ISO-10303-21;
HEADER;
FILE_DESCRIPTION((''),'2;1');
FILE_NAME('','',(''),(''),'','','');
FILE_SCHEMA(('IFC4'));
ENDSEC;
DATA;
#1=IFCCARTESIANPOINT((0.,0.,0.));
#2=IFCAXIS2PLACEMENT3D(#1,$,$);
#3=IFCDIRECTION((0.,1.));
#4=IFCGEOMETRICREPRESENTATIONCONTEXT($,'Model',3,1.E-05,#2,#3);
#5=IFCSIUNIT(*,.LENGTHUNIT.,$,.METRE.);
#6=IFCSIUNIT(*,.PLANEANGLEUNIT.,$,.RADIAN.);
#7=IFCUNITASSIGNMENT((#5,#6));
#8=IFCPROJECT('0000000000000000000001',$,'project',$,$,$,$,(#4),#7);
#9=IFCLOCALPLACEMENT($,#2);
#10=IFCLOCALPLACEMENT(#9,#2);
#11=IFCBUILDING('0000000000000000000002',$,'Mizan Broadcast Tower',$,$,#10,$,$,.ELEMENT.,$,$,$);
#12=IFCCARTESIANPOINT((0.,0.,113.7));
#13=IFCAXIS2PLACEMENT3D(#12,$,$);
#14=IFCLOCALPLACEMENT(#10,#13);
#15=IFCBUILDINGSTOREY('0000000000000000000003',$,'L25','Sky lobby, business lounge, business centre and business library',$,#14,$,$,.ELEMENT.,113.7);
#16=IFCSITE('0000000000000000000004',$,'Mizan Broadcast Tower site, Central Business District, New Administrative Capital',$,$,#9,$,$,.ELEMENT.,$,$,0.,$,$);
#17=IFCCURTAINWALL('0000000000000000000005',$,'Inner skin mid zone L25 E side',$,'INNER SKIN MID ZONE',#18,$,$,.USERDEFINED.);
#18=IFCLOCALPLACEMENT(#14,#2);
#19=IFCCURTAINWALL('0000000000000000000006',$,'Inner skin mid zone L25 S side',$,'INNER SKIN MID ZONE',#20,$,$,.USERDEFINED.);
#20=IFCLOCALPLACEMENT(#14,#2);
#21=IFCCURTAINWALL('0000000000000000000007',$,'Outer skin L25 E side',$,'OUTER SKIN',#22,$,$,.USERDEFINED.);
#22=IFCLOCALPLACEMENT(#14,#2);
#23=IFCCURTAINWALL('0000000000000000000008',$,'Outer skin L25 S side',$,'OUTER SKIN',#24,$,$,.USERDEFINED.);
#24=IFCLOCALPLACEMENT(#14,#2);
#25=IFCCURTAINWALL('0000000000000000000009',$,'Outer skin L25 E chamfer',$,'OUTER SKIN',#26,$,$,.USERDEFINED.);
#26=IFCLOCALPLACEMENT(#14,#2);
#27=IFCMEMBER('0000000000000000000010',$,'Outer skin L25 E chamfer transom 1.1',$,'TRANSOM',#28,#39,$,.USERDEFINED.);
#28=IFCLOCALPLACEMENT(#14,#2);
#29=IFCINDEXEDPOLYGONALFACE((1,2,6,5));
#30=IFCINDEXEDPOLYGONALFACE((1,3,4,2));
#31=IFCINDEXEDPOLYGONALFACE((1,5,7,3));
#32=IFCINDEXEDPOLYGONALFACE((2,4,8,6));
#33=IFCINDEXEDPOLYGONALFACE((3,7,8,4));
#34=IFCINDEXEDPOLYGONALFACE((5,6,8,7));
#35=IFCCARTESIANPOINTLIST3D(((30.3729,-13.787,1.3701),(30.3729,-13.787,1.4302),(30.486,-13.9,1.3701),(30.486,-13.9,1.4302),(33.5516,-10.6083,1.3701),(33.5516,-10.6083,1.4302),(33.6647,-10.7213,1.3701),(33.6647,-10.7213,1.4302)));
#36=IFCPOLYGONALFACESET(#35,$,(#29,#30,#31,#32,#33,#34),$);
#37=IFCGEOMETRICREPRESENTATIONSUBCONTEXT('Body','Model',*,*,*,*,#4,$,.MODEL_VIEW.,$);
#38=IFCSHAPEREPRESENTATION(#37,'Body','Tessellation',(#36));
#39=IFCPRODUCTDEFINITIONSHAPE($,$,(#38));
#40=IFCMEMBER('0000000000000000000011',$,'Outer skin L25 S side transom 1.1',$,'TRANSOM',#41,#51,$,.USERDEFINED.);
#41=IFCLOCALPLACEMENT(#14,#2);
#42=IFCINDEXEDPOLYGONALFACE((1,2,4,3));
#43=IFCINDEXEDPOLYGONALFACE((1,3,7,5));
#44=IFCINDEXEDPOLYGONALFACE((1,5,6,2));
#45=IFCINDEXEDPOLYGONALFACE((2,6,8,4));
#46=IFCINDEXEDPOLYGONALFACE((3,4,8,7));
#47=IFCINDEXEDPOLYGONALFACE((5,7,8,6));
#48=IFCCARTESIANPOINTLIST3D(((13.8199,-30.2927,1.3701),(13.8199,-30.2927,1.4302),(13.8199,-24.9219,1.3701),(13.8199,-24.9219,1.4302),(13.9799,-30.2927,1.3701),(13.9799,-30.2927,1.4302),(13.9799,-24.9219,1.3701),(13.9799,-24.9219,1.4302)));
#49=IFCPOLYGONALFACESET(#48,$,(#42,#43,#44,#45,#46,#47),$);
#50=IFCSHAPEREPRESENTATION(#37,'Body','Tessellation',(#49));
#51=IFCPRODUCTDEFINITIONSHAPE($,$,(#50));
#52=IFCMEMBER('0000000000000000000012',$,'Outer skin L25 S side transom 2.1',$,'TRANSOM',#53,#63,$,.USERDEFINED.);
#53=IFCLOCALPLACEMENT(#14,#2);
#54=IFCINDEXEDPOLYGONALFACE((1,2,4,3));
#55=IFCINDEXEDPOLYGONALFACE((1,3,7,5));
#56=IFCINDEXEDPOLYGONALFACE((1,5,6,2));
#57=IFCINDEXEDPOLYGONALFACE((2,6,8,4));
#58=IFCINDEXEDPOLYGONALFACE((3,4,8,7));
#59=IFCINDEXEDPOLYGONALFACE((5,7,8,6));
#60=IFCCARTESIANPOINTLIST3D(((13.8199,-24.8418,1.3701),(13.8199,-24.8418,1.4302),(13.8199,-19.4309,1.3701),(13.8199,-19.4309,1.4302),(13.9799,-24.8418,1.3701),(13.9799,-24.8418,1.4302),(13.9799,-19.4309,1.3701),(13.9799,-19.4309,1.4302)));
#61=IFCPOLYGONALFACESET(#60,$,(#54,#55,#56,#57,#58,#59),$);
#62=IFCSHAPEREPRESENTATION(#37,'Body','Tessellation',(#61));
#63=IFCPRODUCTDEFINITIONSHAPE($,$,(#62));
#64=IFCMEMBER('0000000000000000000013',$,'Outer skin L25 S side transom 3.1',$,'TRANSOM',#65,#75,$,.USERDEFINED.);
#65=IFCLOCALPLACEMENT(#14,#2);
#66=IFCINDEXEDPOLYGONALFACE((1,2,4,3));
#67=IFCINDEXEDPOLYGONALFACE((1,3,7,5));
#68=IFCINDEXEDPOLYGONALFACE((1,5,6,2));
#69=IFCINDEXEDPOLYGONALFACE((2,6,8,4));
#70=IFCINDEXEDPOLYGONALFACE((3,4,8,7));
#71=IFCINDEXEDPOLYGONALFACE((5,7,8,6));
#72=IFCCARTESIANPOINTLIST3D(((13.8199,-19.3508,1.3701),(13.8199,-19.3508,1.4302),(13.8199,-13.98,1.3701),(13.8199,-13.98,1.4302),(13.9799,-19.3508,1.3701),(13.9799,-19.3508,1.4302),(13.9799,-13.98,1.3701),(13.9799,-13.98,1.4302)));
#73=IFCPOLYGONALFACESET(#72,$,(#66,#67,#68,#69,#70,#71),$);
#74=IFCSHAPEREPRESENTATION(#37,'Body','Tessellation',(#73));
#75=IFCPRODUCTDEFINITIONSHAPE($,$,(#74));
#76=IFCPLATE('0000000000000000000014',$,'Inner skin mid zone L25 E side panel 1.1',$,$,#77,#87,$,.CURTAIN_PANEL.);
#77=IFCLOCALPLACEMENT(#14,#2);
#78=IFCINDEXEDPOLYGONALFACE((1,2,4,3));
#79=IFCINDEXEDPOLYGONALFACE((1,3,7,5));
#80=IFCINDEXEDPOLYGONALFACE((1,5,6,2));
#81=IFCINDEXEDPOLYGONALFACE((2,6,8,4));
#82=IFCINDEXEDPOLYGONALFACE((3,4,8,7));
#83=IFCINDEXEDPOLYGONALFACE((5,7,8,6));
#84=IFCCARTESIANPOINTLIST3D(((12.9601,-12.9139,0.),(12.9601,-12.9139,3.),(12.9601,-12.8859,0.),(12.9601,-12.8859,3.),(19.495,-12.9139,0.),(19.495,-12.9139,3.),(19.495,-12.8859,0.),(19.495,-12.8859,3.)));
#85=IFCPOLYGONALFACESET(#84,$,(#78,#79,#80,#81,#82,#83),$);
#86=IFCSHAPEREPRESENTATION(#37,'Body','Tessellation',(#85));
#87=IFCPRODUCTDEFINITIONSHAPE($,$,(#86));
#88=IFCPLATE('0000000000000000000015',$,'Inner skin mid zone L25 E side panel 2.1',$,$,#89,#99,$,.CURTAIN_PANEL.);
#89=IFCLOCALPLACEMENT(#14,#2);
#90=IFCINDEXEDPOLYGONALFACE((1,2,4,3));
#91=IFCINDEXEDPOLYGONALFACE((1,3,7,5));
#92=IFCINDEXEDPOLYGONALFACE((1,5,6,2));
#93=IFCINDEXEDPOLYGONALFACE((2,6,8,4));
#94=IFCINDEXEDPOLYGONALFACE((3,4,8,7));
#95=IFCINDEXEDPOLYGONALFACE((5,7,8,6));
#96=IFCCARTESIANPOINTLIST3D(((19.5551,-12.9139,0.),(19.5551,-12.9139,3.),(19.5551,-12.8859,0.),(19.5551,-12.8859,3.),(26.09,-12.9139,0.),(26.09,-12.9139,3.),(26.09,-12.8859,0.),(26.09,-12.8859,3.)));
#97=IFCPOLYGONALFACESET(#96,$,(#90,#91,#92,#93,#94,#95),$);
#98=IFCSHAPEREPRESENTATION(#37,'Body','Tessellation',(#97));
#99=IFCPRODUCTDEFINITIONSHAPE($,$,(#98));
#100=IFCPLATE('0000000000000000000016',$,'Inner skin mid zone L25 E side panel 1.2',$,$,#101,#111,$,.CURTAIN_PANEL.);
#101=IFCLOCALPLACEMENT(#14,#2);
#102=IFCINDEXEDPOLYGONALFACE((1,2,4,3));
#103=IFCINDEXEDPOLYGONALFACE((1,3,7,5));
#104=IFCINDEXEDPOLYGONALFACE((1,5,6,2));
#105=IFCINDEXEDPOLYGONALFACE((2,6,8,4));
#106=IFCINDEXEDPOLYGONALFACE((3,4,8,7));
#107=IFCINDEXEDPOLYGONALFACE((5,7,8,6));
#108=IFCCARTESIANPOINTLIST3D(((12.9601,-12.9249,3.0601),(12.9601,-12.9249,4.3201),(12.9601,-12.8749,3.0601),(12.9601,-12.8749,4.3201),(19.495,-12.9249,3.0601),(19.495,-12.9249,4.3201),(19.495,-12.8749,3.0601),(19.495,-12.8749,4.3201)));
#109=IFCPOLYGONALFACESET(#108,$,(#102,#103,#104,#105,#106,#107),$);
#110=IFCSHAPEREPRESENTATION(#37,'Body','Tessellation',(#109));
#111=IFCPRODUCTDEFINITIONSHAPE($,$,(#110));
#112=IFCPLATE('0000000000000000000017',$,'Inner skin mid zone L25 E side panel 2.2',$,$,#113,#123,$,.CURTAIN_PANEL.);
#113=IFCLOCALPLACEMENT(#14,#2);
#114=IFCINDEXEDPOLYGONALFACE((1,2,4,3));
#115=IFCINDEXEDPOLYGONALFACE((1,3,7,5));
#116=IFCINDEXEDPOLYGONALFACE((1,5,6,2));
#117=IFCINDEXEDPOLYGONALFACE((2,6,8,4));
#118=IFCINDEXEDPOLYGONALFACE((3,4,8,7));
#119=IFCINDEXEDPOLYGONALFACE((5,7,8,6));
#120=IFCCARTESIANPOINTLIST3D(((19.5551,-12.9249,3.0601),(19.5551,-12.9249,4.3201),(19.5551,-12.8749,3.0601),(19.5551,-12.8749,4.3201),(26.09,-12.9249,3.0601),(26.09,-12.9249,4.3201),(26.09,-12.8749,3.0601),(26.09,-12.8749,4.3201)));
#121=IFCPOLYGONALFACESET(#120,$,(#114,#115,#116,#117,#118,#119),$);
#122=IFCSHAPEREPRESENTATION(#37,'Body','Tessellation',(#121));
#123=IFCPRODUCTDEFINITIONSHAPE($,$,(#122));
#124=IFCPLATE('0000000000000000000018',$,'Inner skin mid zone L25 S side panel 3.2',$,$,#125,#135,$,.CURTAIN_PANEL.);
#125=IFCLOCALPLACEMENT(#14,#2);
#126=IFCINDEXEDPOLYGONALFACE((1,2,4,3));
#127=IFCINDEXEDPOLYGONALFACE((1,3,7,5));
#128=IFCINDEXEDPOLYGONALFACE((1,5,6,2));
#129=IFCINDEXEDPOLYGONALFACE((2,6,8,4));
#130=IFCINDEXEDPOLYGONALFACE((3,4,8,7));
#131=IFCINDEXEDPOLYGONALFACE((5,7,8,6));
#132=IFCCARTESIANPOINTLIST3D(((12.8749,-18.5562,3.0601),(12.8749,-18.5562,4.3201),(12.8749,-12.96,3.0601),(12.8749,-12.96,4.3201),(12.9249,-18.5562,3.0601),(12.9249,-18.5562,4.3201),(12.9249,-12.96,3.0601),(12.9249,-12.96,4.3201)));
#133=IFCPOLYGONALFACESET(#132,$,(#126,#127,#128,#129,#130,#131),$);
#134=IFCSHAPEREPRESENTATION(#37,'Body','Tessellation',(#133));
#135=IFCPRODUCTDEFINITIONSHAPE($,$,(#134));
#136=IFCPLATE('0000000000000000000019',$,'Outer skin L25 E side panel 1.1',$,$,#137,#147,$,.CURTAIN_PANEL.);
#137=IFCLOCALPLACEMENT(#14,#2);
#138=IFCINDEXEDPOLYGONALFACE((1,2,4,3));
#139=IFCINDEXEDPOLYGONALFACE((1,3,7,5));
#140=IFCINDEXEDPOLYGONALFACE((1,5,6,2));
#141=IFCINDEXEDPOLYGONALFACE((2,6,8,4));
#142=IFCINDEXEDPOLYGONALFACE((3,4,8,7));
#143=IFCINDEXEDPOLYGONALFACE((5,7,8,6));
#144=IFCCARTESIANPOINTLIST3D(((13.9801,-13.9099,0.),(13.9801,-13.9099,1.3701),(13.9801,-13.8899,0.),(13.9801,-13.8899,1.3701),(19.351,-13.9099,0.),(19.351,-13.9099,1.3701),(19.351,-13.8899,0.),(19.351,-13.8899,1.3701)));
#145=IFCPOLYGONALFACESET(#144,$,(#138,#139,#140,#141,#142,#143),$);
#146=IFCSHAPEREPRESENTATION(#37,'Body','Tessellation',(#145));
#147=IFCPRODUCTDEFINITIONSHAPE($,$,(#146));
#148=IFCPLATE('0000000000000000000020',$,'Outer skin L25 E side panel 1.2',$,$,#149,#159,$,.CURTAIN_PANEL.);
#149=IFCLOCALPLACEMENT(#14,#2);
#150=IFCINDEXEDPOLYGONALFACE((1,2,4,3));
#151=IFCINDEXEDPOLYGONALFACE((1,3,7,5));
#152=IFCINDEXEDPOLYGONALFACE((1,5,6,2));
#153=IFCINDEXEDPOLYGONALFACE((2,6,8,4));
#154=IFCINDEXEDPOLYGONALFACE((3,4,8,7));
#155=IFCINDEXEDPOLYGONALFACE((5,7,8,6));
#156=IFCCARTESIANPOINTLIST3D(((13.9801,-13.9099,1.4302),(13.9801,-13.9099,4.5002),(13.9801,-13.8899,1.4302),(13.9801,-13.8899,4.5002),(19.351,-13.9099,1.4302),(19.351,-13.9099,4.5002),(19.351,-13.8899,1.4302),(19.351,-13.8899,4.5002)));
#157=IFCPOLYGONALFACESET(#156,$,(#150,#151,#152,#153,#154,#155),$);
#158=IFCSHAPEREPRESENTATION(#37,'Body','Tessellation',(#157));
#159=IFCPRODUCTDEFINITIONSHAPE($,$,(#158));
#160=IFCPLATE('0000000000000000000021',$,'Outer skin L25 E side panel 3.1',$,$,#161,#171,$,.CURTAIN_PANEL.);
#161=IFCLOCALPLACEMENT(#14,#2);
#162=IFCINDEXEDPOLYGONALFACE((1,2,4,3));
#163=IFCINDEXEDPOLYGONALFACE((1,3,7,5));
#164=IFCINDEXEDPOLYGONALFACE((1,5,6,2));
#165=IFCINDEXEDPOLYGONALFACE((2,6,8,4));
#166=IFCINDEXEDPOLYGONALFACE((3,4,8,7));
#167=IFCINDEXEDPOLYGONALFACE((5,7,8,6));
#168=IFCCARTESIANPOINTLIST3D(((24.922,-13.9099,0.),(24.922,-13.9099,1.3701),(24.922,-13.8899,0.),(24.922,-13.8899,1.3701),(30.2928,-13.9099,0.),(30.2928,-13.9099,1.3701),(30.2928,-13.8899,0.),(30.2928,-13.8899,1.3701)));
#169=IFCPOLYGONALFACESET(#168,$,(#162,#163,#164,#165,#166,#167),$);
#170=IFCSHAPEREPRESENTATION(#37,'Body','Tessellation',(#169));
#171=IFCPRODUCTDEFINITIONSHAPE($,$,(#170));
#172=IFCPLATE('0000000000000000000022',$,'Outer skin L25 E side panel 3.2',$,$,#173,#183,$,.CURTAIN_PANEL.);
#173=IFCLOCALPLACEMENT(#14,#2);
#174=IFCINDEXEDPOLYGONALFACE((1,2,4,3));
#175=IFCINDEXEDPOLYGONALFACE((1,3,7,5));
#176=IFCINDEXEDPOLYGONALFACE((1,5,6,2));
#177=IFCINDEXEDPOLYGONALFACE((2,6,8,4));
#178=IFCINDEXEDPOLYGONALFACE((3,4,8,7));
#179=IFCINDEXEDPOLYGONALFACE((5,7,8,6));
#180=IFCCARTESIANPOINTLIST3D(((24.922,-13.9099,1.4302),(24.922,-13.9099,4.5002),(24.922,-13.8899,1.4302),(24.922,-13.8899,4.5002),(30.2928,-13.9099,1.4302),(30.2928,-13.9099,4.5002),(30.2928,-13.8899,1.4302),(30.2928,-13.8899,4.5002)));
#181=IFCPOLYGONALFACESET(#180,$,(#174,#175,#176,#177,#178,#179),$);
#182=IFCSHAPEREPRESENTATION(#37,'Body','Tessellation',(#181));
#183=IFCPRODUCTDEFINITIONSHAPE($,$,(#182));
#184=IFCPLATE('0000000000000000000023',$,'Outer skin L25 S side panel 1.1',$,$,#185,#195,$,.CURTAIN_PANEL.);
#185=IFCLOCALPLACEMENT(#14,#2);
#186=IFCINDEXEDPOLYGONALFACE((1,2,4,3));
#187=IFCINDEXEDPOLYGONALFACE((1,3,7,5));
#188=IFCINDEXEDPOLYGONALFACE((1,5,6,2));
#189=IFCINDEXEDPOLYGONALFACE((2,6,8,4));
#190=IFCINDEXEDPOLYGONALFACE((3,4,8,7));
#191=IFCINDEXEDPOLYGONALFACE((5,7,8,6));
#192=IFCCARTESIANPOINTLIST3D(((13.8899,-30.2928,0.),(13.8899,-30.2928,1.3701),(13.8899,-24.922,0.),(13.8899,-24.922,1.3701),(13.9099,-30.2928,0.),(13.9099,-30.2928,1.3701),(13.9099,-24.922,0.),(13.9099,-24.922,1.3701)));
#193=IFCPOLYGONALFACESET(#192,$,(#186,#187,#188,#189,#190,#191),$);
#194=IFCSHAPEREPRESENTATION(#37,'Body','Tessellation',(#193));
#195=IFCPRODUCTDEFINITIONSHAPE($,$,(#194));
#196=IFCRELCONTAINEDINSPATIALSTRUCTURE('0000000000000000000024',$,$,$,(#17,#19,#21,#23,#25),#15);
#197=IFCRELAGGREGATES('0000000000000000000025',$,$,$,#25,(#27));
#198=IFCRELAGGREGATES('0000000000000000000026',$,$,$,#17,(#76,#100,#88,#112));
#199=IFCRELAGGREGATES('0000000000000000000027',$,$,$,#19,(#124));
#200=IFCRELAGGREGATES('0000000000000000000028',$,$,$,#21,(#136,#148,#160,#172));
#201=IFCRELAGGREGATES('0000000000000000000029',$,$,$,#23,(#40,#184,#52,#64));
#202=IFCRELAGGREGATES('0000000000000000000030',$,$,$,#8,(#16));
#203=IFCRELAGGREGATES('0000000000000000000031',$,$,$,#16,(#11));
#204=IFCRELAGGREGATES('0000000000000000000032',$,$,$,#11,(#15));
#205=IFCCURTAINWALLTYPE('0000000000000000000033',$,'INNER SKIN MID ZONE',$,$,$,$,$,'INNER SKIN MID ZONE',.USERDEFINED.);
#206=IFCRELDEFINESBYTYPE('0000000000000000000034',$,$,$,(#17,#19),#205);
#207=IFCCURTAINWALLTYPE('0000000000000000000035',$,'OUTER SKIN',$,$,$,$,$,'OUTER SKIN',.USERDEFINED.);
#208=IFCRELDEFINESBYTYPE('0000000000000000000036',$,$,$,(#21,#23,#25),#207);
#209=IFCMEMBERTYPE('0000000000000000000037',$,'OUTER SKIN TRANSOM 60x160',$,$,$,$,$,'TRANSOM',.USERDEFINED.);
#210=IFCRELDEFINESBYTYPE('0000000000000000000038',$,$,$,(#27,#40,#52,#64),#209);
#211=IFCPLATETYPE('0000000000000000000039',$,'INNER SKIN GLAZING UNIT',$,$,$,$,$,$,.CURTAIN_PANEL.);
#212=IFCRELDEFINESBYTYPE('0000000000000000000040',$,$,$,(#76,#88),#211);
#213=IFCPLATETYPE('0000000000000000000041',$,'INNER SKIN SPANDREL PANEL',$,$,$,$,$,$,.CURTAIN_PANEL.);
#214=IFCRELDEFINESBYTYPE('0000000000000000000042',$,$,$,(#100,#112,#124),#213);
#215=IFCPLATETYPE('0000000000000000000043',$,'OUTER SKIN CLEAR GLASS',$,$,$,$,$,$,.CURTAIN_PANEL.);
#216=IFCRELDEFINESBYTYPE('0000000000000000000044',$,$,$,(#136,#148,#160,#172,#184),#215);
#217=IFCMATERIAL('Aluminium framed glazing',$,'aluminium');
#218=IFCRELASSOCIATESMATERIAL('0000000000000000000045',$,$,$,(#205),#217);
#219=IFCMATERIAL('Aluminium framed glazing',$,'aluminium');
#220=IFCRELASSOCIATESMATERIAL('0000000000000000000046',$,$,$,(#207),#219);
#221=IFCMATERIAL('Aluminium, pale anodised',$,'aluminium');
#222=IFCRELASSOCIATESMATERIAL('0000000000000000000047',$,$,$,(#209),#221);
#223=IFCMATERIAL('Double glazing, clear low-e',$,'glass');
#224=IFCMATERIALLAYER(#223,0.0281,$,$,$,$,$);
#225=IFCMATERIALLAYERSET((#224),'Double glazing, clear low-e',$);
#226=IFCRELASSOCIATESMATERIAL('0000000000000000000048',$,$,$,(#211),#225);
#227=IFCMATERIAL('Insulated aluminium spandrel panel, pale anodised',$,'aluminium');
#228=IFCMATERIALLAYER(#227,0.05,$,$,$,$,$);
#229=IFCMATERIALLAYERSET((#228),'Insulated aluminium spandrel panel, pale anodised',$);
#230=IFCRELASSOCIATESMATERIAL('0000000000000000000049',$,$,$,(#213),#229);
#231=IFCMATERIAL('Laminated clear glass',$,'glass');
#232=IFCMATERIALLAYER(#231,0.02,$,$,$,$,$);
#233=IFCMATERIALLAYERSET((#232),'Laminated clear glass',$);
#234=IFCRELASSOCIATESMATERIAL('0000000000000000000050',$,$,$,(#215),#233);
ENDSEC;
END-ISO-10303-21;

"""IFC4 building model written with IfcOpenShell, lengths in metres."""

from ifc_helpers import new_model, si_unit, direction, frame, origin, origin_2d, place, context, subcontext, project, spatial, rectangle, extrude, material, layer, layer_set, material_profile, profile_set, type_object, element, aggregate, save


model = new_model("IFC4")

# Units and contexts
model_context = context("Model", 3, precision=1e-05, world=origin(), true_north=direction((0.0, 1.0)))
body_context = subcontext(model_context, "Body", "Model", "MODEL_VIEW")
ifc_project = project(units=[si_unit("LENGTHUNIT", "METRE"), si_unit("PLANEANGLEUNIT", "RADIAN")], contexts=[model_context])

# Site, building, storey
site_placement = place(None, origin())
site = spatial("IfcSite", under=ifc_project, at=site_placement, Name="Mizan Broadcast Tower site, Central Business District, New Administrative Capital", CompositionType="ELEMENT", RefElevation=0.0)
building_placement = place(site_placement, origin())
building = spatial("IfcBuilding", under=site, at=building_placement, Name="Mizan Broadcast Tower", CompositionType="ELEMENT")
storey_placement = place(building_placement, frame((0.0, 0.0, 113.7)))
storey = spatial("IfcBuildingStorey", under=building, at=storey_placement, Name="L25", Description="Sky lobby, business lounge, business centre and business library", CompositionType="ELEMENT", Elevation=113.7)

# Curtain walls
ifc_material_1 = material(Name="Aluminium framed glazing", Category="aluminium")
curtain_wall_type_1 = type_object("IfcCurtainWallType", Name="INNER SKIN MID ZONE", ElementType="INNER SKIN MID ZONE", PredefinedType="USERDEFINED", material=ifc_material_1)
curtain_wall_1_placement = place(storey_placement, origin())
curtain_wall_1 = element("IfcCurtainWall", 1, at=curtain_wall_1_placement, inside=storey, type_object=curtain_wall_type_1, Name="Inner skin mid zone L25 E side", ObjectType="INNER SKIN MID ZONE", PredefinedType="USERDEFINED")
curtain_wall_2_placement = place(storey_placement, origin())
curtain_wall_2 = element("IfcCurtainWall", 2, at=curtain_wall_2_placement, inside=storey, type_object=curtain_wall_type_1, Name="Inner skin mid zone L25 S side", ObjectType="INNER SKIN MID ZONE", PredefinedType="USERDEFINED")

# Curtain wall
ifc_material_2 = material(Name="Aluminium framed glazing", Category="aluminium")
curtain_wall_type_2 = type_object("IfcCurtainWallType", Name="OUTER SKIN", ElementType="OUTER SKIN", PredefinedType="USERDEFINED", material=ifc_material_2)
curtain_wall_3_placement = place(storey_placement, origin())
curtain_wall_3 = element("IfcCurtainWall", 3, at=curtain_wall_3_placement, inside=storey, type_object=curtain_wall_type_2, Name="Outer skin L25 E side", ObjectType="OUTER SKIN", PredefinedType="USERDEFINED")

# Curtain wall
curtain_wall_4_placement = place(storey_placement, origin())
curtain_wall_4 = element("IfcCurtainWall", 4, at=curtain_wall_4_placement, inside=storey, type_object=curtain_wall_type_2, Name="Outer skin L25 S side", ObjectType="OUTER SKIN", PredefinedType="USERDEFINED")

# Shared definitions
ifc_material_3 = material(Name="Aluminium, pale anodised", Category="aluminium")
ifc_material_profile_1 = material_profile(ifc_material_3, rectangle(XDim=0.1599, YDim=0.0601, at=origin_2d()), Name="TRANSOM 160x60")
ifc_profile_set_1 = profile_set([ifc_material_profile_1], Name="Aluminium, pale anodised")
member_type_1 = type_object("IfcMemberType", Name="OUTER SKIN TRANSOM 60x160", ElementType="TRANSOM", PredefinedType="USERDEFINED", material=ifc_profile_set_1)

# Curtain wall, member
curtain_wall_5_placement = place(storey_placement, origin())
curtain_wall_5 = element("IfcCurtainWall", 5, at=curtain_wall_5_placement, inside=storey, type_object=curtain_wall_type_2, Name="Outer skin L25 E chamfer", ObjectType="OUTER SKIN", PredefinedType="USERDEFINED")
member_1_placement = place(storey_placement, frame((30.4294, -13.8435, 1.4001), z_axis=(0.707107, 0.707107, 0.0), x_axis=(-0.707107, 0.707107, 0.0)))
member_1 = element("IfcMember", 6, at=member_1_placement, type_object=member_type_1, Name="Outer skin L25 E chamfer transom 1.1", ObjectType="TRANSOM", PredefinedType="USERDEFINED", context=body_context, shape_type="SweptSolid", body=[
    extrude(rectangle(XDim=0.1599, YDim=0.0601, at=origin_2d()), origin(), (0.0, 0.0, 1.0), 4.4954),
])
aggregate(curtain_wall_5, [member_1])

# Members
member_2_placement = place(storey_placement, frame((13.8999, -30.2927, 1.4001), z_axis=(0.0, 1.0, 0.0), x_axis=(-1.0, 0.0, 0.0)))
member_2 = element("IfcMember", 7, at=member_2_placement, type_object=member_type_1, Name="Outer skin L25 S side transom 1.1", ObjectType="TRANSOM", PredefinedType="USERDEFINED", context=body_context, shape_type="SweptSolid", body=[
    extrude(rectangle(XDim=0.1599, YDim=0.0601, at=origin_2d()), origin(), (0.0, 0.0, 1.0), 5.3708),
])
member_3_placement = place(storey_placement, frame((13.8999, -24.8418, 1.4001), z_axis=(0.0, 1.0, 0.0), x_axis=(-1.0, 0.0, 0.0)))
member_3 = element("IfcMember", 8, at=member_3_placement, type_object=member_type_1, Name="Outer skin L25 S side transom 2.1", ObjectType="TRANSOM", PredefinedType="USERDEFINED", context=body_context, shape_type="SweptSolid", body=[
    extrude(rectangle(XDim=0.1599, YDim=0.0601, at=origin_2d()), origin(), (0.0, 0.0, 1.0), 5.4109),
])
member_4_placement = place(storey_placement, frame((13.8999, -19.3508, 1.4001), z_axis=(0.0, 1.0, 0.0), x_axis=(-1.0, 0.0, 0.0)))
member_4 = element("IfcMember", 9, at=member_4_placement, type_object=member_type_1, Name="Outer skin L25 S side transom 3.1", ObjectType="TRANSOM", PredefinedType="USERDEFINED", context=body_context, shape_type="SweptSolid", body=[
    extrude(rectangle(XDim=0.1599, YDim=0.0601, at=origin_2d()), origin(), (0.0, 0.0, 1.0), 5.3708),
])

# Plates
ifc_material_4 = material(Name="Double glazing, clear low-e", Category="glass")
ifc_layer_1 = layer(ifc_material_4, 0.0281)
ifc_layer_set_1 = layer_set([ifc_layer_1], Name="Double glazing, clear low-e")
plate_type_1 = type_object("IfcPlateType", Name="INNER SKIN GLAZING UNIT", PredefinedType="CURTAIN_PANEL", material=ifc_layer_set_1)
plate_1_placement = place(storey_placement, frame((16.2275, -12.8999, 0.0), z_axis=(0.0, 0.0, 1.0), x_axis=(1.0, 0.0, 0.0)))
plate_1 = element("IfcPlate", 10, at=plate_1_placement, type_object=plate_type_1, Name="Inner skin mid zone L25 E side panel 1.1", PredefinedType="CURTAIN_PANEL", context=body_context, shape_type="SweptSolid", body=[
    extrude(rectangle(XDim=6.5349, YDim=0.0281, at=origin_2d()), origin(), (0.0, 0.0, 1.0), 3.0),
])
plate_2_placement = place(storey_placement, frame((22.8225, -12.8999, 0.0), z_axis=(0.0, 0.0, 1.0), x_axis=(1.0, 0.0, 0.0)))
plate_2 = element("IfcPlate", 11, at=plate_2_placement, type_object=plate_type_1, Name="Inner skin mid zone L25 E side panel 2.1", PredefinedType="CURTAIN_PANEL", context=body_context, shape_type="SweptSolid", body=[
    extrude(rectangle(XDim=6.5349, YDim=0.0281, at=origin_2d()), origin(), (0.0, 0.0, 1.0), 3.0),
])
ifc_material_5 = material(Name="Insulated aluminium spandrel panel, pale anodised", Category="aluminium")
ifc_layer_2 = layer(ifc_material_5, 0.05)
ifc_layer_set_2 = layer_set([ifc_layer_2], Name="Insulated aluminium spandrel panel, pale anodised")
plate_type_2 = type_object("IfcPlateType", Name="INNER SKIN SPANDREL PANEL", PredefinedType="CURTAIN_PANEL", material=ifc_layer_set_2)
plate_3_placement = place(storey_placement, frame((16.2275, -12.8999, 3.0601), z_axis=(0.0, 0.0, 1.0), x_axis=(1.0, 0.0, 0.0)))
plate_3 = element("IfcPlate", 12, at=plate_3_placement, type_object=plate_type_2, Name="Inner skin mid zone L25 E side panel 1.2", PredefinedType="CURTAIN_PANEL", context=body_context, shape_type="SweptSolid", body=[
    extrude(rectangle(XDim=6.5349, YDim=0.05, at=origin_2d()), origin(), (0.0, 0.0, 1.0), 1.26),
])
plate_4_placement = place(storey_placement, frame((22.8225, -12.8999, 3.0601), z_axis=(0.0, 0.0, 1.0), x_axis=(1.0, 0.0, 0.0)))
plate_4 = element("IfcPlate", 13, at=plate_4_placement, type_object=plate_type_2, Name="Inner skin mid zone L25 E side panel 2.2", PredefinedType="CURTAIN_PANEL", context=body_context, shape_type="SweptSolid", body=[
    extrude(rectangle(XDim=6.5349, YDim=0.05, at=origin_2d()), origin(), (0.0, 0.0, 1.0), 1.26),
])
aggregate(curtain_wall_1, [plate_1, plate_3, plate_2, plate_4])
plate_5_placement = place(storey_placement, frame((12.8999, -15.7581, 3.0601), z_axis=(0.0, 0.0, 1.0), x_axis=(0.0, 1.0, 0.0)))
plate_5 = element("IfcPlate", 14, at=plate_5_placement, type_object=plate_type_2, Name="Inner skin mid zone L25 S side panel 3.2", PredefinedType="CURTAIN_PANEL", context=body_context, shape_type="SweptSolid", body=[
    extrude(rectangle(XDim=5.5962, YDim=0.05, at=origin_2d()), origin(), (0.0, 0.0, 1.0), 1.26),
])
aggregate(curtain_wall_2, [plate_5])
ifc_material_6 = material(Name="Laminated clear glass", Category="glass")
ifc_layer_3 = layer(ifc_material_6, 0.02)
ifc_layer_set_3 = layer_set([ifc_layer_3], Name="Laminated clear glass")
plate_type_3 = type_object("IfcPlateType", Name="OUTER SKIN CLEAR GLASS", PredefinedType="CURTAIN_PANEL", material=ifc_layer_set_3)
plate_6_placement = place(storey_placement, frame((16.6655, -13.8999, 0.0), z_axis=(0.0, 0.0, 1.0), x_axis=(1.0, 0.0, 0.0)))
plate_6 = element("IfcPlate", 15, at=plate_6_placement, type_object=plate_type_3, Name="Outer skin L25 E side panel 1.1", PredefinedType="CURTAIN_PANEL", context=body_context, shape_type="SweptSolid", body=[
    extrude(rectangle(XDim=5.3708, YDim=0.02, at=origin_2d()), origin(), (0.0, 0.0, 1.0), 1.3701),
])
plate_7_placement = place(storey_placement, frame((16.6655, -13.8999, 1.4302), z_axis=(0.0, 0.0, 1.0), x_axis=(1.0, 0.0, 0.0)))
plate_7 = element("IfcPlate", 16, at=plate_7_placement, type_object=plate_type_3, Name="Outer skin L25 E side panel 1.2", PredefinedType="CURTAIN_PANEL", context=body_context, shape_type="SweptSolid", body=[
    extrude(rectangle(XDim=5.3708, YDim=0.02, at=origin_2d()), origin(), (0.0, 0.0, 1.0), 3.0701),
])
plate_8_placement = place(storey_placement, frame((27.6074, -13.8999, 0.0), z_axis=(0.0, 0.0, 1.0), x_axis=(1.0, 0.0, 0.0)))
plate_8 = element("IfcPlate", 17, at=plate_8_placement, type_object=plate_type_3, Name="Outer skin L25 E side panel 3.1", PredefinedType="CURTAIN_PANEL", context=body_context, shape_type="SweptSolid", body=[
    extrude(rectangle(XDim=5.3708, YDim=0.02, at=origin_2d()), origin(), (0.0, 0.0, 1.0), 1.3701),
])
plate_9_placement = place(storey_placement, frame((27.6074, -13.8999, 1.4302), z_axis=(0.0, 0.0, 1.0), x_axis=(1.0, 0.0, 0.0)))
plate_9 = element("IfcPlate", 18, at=plate_9_placement, type_object=plate_type_3, Name="Outer skin L25 E side panel 3.2", PredefinedType="CURTAIN_PANEL", context=body_context, shape_type="SweptSolid", body=[
    extrude(rectangle(XDim=5.3708, YDim=0.02, at=origin_2d()), origin(), (0.0, 0.0, 1.0), 3.0701),
])
plate_10_placement = place(storey_placement, frame((13.8999, -27.6074, 0.0), z_axis=(0.0, 0.0, 1.0), x_axis=(0.0, 1.0, 0.0)))
plate_10 = element("IfcPlate", 19, at=plate_10_placement, type_object=plate_type_3, Name="Outer skin L25 S side panel 1.1", PredefinedType="CURTAIN_PANEL", context=body_context, shape_type="SweptSolid", body=[
    extrude(rectangle(XDim=5.3708, YDim=0.02, at=origin_2d()), origin(), (0.0, 0.0, 1.0), 1.3701),
])
aggregate(curtain_wall_3, [plate_6, plate_7, plate_8, plate_9])
aggregate(curtain_wall_4, [member_2, plate_10, member_3, member_4])

save(model, "model.ifc")
